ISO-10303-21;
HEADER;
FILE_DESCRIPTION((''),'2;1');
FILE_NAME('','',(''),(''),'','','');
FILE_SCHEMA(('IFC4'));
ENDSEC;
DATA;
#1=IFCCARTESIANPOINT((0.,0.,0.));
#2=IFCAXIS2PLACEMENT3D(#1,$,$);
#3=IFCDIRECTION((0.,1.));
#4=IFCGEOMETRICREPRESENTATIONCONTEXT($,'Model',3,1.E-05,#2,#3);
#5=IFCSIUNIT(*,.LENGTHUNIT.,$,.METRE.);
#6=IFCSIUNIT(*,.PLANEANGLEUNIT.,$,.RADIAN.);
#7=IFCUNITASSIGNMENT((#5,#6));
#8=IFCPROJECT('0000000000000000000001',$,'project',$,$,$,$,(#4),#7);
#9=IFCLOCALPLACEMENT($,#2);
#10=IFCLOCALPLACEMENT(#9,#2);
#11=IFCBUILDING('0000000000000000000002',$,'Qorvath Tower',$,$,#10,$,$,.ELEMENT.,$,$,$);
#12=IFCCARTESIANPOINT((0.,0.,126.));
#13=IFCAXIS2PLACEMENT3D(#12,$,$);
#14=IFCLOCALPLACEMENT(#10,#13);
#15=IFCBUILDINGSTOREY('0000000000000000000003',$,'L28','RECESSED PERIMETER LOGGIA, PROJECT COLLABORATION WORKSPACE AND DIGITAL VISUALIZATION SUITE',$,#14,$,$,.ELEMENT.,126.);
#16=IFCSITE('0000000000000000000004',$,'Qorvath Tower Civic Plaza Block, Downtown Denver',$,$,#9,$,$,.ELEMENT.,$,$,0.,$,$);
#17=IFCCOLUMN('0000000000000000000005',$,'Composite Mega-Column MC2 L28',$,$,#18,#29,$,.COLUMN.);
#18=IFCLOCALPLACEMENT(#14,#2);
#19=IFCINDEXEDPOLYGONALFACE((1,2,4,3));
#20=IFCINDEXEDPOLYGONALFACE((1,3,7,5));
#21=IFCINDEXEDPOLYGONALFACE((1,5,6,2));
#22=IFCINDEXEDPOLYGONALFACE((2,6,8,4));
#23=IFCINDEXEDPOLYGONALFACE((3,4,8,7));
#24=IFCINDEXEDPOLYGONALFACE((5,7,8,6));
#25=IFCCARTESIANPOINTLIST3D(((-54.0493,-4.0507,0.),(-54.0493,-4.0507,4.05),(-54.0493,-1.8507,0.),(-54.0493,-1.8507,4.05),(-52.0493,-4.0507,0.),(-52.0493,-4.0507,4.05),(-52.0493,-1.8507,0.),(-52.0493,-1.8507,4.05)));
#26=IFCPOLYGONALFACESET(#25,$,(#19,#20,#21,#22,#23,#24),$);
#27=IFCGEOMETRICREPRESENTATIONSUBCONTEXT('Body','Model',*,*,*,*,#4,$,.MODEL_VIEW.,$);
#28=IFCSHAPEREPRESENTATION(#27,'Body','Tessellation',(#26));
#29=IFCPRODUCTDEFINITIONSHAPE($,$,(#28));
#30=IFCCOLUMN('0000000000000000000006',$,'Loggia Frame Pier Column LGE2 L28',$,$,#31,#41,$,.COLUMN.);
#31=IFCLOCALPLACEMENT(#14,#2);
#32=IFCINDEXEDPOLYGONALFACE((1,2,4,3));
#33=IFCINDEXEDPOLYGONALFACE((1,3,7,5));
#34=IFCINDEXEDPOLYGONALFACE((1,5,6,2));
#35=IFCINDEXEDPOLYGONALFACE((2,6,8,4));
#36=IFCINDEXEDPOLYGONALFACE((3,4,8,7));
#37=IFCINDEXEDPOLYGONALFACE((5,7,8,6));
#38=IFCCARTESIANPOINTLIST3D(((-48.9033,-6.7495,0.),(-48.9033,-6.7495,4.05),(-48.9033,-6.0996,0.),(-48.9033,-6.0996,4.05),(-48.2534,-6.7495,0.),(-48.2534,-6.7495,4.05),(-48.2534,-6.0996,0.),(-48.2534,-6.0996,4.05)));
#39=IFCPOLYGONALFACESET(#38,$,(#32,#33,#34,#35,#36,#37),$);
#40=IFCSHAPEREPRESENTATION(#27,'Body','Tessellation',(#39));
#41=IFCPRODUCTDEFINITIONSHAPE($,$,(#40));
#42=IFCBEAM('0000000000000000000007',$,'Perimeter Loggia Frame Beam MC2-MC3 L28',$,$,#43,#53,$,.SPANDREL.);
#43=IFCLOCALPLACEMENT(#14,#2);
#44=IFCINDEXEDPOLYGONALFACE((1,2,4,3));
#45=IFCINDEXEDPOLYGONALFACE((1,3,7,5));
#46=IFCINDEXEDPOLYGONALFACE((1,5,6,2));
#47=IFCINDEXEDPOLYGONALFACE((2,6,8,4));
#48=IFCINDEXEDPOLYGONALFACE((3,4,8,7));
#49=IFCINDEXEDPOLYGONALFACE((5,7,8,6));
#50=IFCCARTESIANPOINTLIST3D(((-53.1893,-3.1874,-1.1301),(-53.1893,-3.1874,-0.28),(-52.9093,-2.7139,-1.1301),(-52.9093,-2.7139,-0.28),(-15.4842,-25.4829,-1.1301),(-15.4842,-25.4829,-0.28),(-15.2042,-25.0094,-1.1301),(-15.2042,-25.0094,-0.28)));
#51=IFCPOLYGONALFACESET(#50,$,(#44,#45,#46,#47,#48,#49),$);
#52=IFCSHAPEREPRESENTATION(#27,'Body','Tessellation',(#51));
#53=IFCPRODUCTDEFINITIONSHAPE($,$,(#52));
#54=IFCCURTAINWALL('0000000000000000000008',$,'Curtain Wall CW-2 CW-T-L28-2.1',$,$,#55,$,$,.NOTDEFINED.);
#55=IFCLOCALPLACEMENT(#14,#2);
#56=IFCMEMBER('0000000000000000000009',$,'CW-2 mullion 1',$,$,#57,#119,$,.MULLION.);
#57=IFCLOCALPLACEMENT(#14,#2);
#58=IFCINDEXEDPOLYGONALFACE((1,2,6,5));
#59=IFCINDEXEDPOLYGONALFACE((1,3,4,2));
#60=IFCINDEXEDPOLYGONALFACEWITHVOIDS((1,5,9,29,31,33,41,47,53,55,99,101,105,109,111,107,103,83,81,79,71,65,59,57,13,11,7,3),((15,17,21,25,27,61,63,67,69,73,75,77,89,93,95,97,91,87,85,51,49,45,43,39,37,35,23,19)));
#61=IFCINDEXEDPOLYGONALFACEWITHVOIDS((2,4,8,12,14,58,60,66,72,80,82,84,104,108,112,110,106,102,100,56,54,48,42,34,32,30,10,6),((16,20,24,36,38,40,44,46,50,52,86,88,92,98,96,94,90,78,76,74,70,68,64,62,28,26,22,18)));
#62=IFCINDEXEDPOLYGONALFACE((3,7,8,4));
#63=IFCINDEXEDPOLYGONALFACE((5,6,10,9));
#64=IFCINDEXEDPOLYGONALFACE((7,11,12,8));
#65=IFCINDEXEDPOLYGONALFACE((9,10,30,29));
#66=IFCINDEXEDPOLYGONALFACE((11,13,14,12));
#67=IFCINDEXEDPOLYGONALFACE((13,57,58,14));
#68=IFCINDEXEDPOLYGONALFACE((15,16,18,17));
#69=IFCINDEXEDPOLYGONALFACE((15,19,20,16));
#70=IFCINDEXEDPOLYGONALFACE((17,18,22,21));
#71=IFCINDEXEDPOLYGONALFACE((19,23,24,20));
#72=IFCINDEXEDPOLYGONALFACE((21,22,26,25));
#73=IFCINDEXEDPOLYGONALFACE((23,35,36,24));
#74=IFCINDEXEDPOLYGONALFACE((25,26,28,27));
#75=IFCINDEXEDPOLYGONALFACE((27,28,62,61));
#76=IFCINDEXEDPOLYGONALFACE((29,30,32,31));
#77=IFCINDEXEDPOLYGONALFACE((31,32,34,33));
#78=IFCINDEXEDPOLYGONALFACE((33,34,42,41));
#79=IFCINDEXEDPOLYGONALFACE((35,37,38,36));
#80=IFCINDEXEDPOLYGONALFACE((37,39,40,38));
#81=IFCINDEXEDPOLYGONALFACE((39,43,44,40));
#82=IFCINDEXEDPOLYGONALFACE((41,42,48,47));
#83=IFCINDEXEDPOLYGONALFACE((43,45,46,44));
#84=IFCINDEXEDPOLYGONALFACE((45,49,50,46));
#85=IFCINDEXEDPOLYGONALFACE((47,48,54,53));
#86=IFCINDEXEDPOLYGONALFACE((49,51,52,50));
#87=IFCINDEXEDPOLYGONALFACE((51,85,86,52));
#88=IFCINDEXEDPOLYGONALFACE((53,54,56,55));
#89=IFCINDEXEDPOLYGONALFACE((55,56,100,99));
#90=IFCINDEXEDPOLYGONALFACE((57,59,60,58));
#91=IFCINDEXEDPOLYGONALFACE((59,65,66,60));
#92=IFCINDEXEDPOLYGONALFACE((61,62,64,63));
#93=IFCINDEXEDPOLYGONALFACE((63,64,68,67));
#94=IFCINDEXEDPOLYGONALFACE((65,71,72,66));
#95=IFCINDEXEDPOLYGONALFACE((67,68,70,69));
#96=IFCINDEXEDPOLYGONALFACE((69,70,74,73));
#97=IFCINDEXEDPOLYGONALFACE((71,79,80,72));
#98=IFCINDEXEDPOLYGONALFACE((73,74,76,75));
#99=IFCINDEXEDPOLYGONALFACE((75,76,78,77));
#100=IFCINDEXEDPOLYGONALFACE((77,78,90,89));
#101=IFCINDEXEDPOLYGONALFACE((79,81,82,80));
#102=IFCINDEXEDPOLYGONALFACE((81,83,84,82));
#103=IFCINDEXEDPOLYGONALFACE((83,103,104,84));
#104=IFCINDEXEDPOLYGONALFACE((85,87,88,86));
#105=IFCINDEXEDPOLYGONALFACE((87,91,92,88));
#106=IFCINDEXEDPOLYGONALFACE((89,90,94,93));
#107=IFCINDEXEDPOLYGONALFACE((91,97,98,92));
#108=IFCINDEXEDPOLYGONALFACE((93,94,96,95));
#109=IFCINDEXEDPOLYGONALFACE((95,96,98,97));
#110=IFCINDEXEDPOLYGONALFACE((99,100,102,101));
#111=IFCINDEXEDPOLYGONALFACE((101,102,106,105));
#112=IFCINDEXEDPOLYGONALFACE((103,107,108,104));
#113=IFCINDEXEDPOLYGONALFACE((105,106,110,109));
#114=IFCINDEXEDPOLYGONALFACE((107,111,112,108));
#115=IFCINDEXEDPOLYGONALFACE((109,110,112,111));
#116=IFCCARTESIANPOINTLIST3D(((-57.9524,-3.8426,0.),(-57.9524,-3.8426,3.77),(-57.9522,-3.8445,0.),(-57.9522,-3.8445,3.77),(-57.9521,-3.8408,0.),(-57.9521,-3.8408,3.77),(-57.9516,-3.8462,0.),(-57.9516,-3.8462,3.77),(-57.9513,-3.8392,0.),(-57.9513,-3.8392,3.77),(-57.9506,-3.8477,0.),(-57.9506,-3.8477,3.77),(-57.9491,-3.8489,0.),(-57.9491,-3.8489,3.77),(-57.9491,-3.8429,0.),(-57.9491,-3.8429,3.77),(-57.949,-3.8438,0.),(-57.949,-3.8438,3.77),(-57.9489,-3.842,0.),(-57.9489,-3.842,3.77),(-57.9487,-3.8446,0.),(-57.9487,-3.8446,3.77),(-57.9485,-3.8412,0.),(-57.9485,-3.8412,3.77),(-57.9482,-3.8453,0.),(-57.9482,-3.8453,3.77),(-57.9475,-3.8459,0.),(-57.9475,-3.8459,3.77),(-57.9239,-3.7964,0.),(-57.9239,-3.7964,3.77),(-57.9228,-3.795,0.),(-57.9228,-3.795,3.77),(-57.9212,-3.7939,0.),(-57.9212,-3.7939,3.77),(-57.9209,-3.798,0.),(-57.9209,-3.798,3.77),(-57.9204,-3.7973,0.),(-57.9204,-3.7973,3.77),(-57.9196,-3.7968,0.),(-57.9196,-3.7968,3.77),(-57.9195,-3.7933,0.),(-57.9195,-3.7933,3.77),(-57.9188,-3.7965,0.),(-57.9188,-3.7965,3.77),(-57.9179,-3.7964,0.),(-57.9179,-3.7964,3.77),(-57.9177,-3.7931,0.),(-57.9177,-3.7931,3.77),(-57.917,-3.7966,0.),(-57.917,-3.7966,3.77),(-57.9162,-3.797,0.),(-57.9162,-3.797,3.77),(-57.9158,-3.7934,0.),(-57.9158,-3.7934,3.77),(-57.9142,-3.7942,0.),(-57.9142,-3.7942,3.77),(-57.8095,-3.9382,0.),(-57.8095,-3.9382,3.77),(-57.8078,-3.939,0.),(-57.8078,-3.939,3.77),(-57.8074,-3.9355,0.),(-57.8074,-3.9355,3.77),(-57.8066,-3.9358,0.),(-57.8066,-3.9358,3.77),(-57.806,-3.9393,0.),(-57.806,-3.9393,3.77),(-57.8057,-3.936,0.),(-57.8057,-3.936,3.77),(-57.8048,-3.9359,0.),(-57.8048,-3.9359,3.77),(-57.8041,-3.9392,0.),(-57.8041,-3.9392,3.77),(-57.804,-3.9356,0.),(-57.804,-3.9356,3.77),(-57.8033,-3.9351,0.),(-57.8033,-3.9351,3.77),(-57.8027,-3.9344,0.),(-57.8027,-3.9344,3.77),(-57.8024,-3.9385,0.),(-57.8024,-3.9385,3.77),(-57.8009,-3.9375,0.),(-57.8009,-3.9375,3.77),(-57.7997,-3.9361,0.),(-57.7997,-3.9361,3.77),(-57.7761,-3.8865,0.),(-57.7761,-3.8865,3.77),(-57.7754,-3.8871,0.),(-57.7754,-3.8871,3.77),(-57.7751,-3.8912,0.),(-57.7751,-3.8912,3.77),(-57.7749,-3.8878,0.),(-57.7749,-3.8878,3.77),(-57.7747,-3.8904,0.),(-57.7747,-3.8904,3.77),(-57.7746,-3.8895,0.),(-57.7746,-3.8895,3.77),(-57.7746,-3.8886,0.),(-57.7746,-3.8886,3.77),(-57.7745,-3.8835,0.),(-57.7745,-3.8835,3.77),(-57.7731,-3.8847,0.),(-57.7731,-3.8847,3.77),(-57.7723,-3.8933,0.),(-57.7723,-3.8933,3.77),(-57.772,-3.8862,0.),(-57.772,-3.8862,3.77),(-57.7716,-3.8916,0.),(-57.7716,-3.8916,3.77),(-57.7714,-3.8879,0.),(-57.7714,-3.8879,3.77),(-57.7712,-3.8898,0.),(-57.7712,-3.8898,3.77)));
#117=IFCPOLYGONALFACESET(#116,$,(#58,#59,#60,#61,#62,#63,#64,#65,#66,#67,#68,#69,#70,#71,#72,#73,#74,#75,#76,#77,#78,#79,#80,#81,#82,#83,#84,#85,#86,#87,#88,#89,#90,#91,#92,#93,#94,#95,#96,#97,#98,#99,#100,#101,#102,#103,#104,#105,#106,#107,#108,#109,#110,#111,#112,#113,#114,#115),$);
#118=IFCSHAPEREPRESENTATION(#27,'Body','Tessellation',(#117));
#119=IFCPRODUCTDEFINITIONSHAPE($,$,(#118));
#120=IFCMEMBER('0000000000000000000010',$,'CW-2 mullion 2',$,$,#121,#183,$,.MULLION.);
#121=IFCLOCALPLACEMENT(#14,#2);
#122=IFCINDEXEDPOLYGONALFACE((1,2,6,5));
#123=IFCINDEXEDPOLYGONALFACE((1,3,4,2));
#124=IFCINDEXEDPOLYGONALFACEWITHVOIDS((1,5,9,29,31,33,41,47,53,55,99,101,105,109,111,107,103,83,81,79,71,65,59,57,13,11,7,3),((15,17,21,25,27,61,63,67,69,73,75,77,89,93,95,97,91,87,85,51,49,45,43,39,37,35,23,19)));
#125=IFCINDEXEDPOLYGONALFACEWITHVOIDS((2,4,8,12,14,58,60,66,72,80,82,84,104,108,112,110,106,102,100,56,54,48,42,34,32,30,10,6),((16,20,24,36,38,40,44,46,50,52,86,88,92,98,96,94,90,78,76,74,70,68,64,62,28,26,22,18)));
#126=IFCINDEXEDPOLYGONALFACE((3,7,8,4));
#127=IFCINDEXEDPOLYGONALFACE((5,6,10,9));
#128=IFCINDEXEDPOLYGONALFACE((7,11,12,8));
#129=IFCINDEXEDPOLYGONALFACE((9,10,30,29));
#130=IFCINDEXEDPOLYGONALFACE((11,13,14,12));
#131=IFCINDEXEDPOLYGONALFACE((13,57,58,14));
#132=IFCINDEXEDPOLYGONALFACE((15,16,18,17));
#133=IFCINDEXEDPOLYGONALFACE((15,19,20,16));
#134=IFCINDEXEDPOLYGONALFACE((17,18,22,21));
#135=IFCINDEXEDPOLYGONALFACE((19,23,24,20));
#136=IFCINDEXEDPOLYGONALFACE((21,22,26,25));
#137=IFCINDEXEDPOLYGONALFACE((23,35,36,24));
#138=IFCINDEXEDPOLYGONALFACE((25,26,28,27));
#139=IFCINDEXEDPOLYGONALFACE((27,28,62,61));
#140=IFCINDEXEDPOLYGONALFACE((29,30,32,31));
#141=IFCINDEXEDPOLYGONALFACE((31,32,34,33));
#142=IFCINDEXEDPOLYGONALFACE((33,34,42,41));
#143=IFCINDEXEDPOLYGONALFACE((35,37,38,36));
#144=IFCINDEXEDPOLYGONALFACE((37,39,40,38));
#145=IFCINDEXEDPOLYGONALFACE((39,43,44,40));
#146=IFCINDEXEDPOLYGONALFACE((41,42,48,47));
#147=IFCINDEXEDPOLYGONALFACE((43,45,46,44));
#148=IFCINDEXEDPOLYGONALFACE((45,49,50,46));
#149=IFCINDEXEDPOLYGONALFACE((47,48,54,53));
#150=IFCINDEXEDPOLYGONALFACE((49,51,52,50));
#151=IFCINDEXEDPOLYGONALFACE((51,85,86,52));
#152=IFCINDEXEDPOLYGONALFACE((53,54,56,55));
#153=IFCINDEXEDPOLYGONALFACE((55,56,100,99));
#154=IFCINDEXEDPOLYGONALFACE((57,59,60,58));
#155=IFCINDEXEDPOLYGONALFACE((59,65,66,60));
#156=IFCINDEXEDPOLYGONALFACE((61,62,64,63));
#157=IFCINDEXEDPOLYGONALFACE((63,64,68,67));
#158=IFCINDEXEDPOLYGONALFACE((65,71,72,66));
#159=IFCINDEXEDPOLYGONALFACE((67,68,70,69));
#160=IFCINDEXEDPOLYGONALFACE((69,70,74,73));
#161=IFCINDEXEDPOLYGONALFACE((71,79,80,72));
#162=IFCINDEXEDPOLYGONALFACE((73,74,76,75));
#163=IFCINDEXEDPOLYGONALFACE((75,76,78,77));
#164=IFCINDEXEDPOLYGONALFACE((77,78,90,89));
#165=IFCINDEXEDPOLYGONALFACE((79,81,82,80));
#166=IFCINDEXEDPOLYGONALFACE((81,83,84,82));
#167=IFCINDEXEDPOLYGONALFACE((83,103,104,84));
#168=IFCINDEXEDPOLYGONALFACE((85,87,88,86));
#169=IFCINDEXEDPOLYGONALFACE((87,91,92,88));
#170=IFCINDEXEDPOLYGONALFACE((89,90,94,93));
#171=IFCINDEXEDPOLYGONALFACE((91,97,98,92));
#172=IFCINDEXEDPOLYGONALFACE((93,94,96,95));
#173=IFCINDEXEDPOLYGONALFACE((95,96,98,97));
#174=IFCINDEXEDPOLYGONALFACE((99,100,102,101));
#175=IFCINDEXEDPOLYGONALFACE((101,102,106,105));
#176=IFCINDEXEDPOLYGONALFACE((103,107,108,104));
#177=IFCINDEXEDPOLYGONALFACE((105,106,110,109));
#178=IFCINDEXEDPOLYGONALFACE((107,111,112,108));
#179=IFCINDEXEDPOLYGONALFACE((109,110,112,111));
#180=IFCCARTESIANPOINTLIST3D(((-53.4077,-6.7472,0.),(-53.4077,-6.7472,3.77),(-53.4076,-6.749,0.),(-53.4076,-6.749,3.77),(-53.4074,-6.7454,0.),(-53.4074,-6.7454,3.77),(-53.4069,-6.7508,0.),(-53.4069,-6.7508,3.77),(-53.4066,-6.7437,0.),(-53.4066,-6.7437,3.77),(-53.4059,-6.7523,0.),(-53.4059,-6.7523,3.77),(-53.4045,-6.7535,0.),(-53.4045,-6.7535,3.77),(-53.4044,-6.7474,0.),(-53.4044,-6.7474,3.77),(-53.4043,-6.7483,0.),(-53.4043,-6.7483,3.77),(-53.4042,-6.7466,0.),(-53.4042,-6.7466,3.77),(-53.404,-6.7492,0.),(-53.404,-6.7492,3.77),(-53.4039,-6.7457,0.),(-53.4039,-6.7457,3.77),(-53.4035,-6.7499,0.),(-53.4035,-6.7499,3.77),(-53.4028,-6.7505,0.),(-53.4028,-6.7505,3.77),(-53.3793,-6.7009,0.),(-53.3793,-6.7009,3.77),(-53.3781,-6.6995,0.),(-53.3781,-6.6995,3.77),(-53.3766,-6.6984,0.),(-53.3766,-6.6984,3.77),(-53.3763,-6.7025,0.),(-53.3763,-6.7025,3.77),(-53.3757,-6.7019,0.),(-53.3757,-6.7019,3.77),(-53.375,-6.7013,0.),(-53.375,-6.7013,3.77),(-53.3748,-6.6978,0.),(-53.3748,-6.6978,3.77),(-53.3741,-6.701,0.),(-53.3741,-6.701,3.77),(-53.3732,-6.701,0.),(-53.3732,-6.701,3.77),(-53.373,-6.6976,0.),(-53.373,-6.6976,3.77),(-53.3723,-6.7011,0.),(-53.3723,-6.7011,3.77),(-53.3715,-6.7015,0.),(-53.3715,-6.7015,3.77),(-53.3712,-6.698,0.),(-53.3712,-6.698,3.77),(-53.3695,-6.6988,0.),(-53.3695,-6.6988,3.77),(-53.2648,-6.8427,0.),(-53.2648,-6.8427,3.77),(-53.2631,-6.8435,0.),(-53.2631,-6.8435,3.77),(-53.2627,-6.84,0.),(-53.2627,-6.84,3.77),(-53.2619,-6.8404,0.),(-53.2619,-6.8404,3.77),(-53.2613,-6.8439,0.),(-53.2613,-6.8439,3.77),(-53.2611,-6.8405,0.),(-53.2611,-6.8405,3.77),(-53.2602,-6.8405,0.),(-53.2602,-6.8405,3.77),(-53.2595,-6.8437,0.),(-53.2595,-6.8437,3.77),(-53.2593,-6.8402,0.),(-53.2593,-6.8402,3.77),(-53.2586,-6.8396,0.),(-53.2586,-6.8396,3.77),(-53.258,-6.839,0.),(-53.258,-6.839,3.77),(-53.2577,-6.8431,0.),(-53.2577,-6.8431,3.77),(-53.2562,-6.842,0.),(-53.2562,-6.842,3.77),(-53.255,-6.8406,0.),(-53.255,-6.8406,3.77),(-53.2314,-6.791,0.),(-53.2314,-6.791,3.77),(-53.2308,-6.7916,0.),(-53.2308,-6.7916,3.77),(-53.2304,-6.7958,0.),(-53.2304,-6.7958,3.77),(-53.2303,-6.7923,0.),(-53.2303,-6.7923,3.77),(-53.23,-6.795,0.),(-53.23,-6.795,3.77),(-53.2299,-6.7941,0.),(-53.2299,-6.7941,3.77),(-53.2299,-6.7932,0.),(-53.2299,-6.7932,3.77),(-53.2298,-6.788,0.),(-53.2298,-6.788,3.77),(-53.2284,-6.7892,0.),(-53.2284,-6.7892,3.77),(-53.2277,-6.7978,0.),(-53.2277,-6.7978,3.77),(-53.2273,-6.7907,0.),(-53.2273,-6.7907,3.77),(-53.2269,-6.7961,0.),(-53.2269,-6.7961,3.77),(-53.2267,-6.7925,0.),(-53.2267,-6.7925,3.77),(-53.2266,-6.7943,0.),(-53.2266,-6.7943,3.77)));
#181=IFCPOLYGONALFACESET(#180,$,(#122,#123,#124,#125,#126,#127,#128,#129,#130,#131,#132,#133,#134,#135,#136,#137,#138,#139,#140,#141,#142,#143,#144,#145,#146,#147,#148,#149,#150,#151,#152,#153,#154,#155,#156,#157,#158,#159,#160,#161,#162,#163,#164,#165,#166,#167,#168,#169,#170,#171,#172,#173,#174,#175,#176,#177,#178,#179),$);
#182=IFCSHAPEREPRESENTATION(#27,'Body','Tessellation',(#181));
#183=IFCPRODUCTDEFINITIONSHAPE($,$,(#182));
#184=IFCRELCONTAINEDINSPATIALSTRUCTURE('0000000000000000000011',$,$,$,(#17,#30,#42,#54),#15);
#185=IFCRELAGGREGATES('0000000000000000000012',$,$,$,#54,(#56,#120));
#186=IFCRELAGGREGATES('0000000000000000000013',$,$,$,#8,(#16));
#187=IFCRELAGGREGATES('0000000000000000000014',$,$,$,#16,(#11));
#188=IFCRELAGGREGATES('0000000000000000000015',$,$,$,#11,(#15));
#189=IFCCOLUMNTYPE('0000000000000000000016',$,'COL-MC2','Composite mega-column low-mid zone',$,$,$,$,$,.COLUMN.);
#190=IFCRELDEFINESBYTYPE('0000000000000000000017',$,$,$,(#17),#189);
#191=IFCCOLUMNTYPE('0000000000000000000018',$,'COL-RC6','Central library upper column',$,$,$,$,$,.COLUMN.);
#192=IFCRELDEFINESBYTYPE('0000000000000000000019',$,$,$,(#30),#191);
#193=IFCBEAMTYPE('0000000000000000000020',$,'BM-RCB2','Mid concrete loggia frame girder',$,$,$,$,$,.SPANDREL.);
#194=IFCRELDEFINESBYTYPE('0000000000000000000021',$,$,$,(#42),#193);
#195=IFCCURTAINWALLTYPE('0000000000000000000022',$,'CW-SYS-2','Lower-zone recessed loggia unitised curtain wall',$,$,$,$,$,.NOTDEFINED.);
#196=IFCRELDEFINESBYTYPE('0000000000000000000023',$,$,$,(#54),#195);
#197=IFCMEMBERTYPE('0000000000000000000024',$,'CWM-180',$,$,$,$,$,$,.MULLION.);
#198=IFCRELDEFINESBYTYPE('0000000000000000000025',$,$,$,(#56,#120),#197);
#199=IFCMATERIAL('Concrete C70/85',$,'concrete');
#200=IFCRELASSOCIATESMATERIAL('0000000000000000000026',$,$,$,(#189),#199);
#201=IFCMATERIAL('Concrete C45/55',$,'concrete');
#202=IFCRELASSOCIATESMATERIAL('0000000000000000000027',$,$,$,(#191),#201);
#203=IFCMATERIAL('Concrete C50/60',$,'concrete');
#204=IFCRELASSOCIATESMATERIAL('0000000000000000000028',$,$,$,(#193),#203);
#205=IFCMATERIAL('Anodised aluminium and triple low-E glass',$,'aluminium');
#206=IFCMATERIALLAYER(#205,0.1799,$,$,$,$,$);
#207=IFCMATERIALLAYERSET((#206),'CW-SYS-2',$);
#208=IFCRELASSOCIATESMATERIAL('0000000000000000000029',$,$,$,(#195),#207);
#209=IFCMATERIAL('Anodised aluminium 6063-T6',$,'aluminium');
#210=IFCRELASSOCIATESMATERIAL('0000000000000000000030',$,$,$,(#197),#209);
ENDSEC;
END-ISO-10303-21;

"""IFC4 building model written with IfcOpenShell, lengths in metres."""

from ifc_helpers import new_model, si_unit, direction, frame, origin, origin_2d, place, context, subcontext, project, spatial, rectangle, hollow_rectangle, extrude, material, layer, layer_set, material_profile, profile_set, type_object, element, aggregate, save


model = new_model("IFC4")

# Units and contexts
model_context = context("Model", 3, precision=1e-05, world=origin(), true_north=direction((0.0, 1.0)))
body_context = subcontext(model_context, "Body", "Model", "MODEL_VIEW")
ifc_project = project(units=[si_unit("LENGTHUNIT", "METRE"), si_unit("PLANEANGLEUNIT", "RADIAN")], contexts=[model_context])

# Site, building, storey
site_placement = place(None, origin())
site = spatial("IfcSite", under=ifc_project, at=site_placement, Name="Qorvath Tower Civic Plaza Block, Downtown Denver", CompositionType="ELEMENT", RefElevation=0.0)
building_placement = place(site_placement, origin())
building = spatial("IfcBuilding", under=site, at=building_placement, Name="Qorvath Tower", CompositionType="ELEMENT")
storey_placement = place(building_placement, frame((0.0, 0.0, 126.0)))
storey = spatial("IfcBuildingStorey", under=building, at=storey_placement, Name="L28", Description="RECESSED PERIMETER LOGGIA, PROJECT COLLABORATION WORKSPACE AND DIGITAL VISUALIZATION SUITE", CompositionType="ELEMENT", Elevation=126.0)

# Columns
ifc_material_1 = material(Name="Concrete C70/85", Category="concrete")
ifc_material_profile_1 = material_profile(ifc_material_1, rectangle(XDim=2.0, YDim=2.2, at=origin_2d()), Name="MC 2200x2000")
ifc_profile_set_1 = profile_set([ifc_material_profile_1], Name="Concrete C70/85")
column_type_1 = type_object("IfcColumnType", Name="COL-MC2", Description="Composite mega-column low-mid zone", PredefinedType="COLUMN", material=ifc_profile_set_1)
column_1_placement = place(storey_placement, frame((-53.0493, -2.9507, 0.0), z_axis=(0.0, 0.0, 1.0), x_axis=(1.0, 0.0, 0.0)))
element("IfcColumn", 1, at=column_1_placement, inside=storey, type_object=column_type_1, Name="Composite Mega-Column MC2 L28", PredefinedType="COLUMN", context=body_context, shape_type="SweptSolid", body=[
    extrude(rectangle(XDim=2.0, YDim=2.2, at=origin_2d()), origin(), (0.0, 0.0, 1.0), 4.05),
])
ifc_material_2 = material(Name="Concrete C45/55", Category="concrete")
ifc_material_profile_2 = material_profile(ifc_material_2, rectangle(XDim=0.6499, YDim=0.6499, at=origin_2d()), Name="RC 650x650")
ifc_profile_set_2 = profile_set([ifc_material_profile_2], Name="Concrete C45/55")
column_type_2 = type_object("IfcColumnType", Name="COL-RC6", Description="Central library upper column", PredefinedType="COLUMN", material=ifc_profile_set_2)
column_2_placement = place(storey_placement, frame((-48.5784, -6.4246, 0.0), z_axis=(0.0, 0.0, 1.0), x_axis=(1.0, 0.0, 0.0)))
element("IfcColumn", 2, at=column_2_placement, inside=storey, type_object=column_type_2, Name="Loggia Frame Pier Column LGE2 L28", PredefinedType="COLUMN", context=body_context, shape_type="SweptSolid", body=[
    extrude(rectangle(XDim=0.6499, YDim=0.6499, at=origin_2d()), origin(), (0.0, 0.0, 1.0), 4.05),
])

# Beam
ifc_material_3 = material(Name="Concrete C50/60", Category="concrete")
ifc_material_profile_3 = material_profile(ifc_material_3, rectangle(XDim=0.55, YDim=0.8501, at=origin_2d()), Name="RCB 850x550")
ifc_profile_set_3 = profile_set([ifc_material_profile_3], Name="Concrete C50/60")
beam_type = type_object("IfcBeamType", Name="BM-RCB2", Description="Mid concrete loggia frame girder", PredefinedType="SPANDREL", material=ifc_profile_set_3)
beam_placement = place(storey_placement, frame((-53.0493, -2.9507, -0.7051), z_axis=(0.860775, -0.508985, 0.0), x_axis=(0.508985, 0.860775, 0.0)))
element("IfcBeam", 3, at=beam_placement, inside=storey, type_object=beam_type, Name="Perimeter Loggia Frame Beam MC2-MC3 L28", PredefinedType="SPANDREL", context=body_context, shape_type="SweptSolid", body=[
    extrude(rectangle(XDim=0.55, YDim=0.8501, at=origin_2d()), origin(), (0.0, 0.0, 1.0), 43.8037),
])

# Curtain wall, members
ifc_material_4 = material(Name="Anodised aluminium and triple low-E glass", Category="aluminium")
ifc_layer_1 = layer(ifc_material_4, 0.1799)
ifc_layer_set_1 = layer_set([ifc_layer_1], Name="CW-SYS-2")
curtain_wall_type = type_object("IfcCurtainWallType", Name="CW-SYS-2", Description="Lower-zone recessed loggia unitised curtain wall", PredefinedType="NOTDEFINED", material=ifc_layer_set_1)
curtain_wall_placement = place(storey_placement, origin())
curtain_wall = element("IfcCurtainWall", 4, at=curtain_wall_placement, inside=storey, type_object=curtain_wall_type, Name="Curtain Wall CW-2 CW-T-L28-2.1", PredefinedType="NOTDEFINED")
ifc_material_5 = material(Name="Anodised aluminium 6063-T6", Category="aluminium")
ifc_material_profile_4 = material_profile(ifc_material_5, hollow_rectangle(XDim=0.0649, YDim=0.1799, WallThickness=0.0034, InnerFilletRadius=0.0034, OuterFilletRadius=0.0071, at=origin_2d()), Name="CWM 180x65")
ifc_profile_set_4 = profile_set([ifc_material_profile_4], Name="Anodised aluminium 6063-T6")
member_type_1 = type_object("IfcMemberType", Name="CWM-180", PredefinedType="MULLION", material=ifc_profile_set_4)
member_1_placement = place(storey_placement, frame((-57.8618, -3.8662, 0.0), z_axis=(0.0, 0.0, 1.0), x_axis=(0.538534, 0.842604, 0.0)))
member_1 = element("IfcMember", 5, at=member_1_placement, type_object=member_type_1, Name="CW-2 mullion 1", PredefinedType="MULLION", context=body_context, shape_type="SweptSolid", body=[
    extrude(hollow_rectangle(XDim=0.0649, YDim=0.1799, WallThickness=0.0034, InnerFilletRadius=0.0034, OuterFilletRadius=0.0071, at=origin_2d()), origin(), (0.0, 0.0, 1.0), 3.77),
])
member_2_placement = place(storey_placement, frame((-53.3171, -6.7708, 0.0), z_axis=(0.0, 0.0, 1.0), x_axis=(0.538534, 0.842604, 0.0)))
member_2 = element("IfcMember", 6, at=member_2_placement, type_object=member_type_1, Name="CW-2 mullion 2", PredefinedType="MULLION", context=body_context, shape_type="SweptSolid", body=[
    extrude(hollow_rectangle(XDim=0.0649, YDim=0.1799, WallThickness=0.0034, InnerFilletRadius=0.0034, OuterFilletRadius=0.0071, at=origin_2d()), origin(), (0.0, 0.0, 1.0), 3.77),
])

aggregate(curtain_wall, [member_1, member_2])

save(model, "model.ifc")
